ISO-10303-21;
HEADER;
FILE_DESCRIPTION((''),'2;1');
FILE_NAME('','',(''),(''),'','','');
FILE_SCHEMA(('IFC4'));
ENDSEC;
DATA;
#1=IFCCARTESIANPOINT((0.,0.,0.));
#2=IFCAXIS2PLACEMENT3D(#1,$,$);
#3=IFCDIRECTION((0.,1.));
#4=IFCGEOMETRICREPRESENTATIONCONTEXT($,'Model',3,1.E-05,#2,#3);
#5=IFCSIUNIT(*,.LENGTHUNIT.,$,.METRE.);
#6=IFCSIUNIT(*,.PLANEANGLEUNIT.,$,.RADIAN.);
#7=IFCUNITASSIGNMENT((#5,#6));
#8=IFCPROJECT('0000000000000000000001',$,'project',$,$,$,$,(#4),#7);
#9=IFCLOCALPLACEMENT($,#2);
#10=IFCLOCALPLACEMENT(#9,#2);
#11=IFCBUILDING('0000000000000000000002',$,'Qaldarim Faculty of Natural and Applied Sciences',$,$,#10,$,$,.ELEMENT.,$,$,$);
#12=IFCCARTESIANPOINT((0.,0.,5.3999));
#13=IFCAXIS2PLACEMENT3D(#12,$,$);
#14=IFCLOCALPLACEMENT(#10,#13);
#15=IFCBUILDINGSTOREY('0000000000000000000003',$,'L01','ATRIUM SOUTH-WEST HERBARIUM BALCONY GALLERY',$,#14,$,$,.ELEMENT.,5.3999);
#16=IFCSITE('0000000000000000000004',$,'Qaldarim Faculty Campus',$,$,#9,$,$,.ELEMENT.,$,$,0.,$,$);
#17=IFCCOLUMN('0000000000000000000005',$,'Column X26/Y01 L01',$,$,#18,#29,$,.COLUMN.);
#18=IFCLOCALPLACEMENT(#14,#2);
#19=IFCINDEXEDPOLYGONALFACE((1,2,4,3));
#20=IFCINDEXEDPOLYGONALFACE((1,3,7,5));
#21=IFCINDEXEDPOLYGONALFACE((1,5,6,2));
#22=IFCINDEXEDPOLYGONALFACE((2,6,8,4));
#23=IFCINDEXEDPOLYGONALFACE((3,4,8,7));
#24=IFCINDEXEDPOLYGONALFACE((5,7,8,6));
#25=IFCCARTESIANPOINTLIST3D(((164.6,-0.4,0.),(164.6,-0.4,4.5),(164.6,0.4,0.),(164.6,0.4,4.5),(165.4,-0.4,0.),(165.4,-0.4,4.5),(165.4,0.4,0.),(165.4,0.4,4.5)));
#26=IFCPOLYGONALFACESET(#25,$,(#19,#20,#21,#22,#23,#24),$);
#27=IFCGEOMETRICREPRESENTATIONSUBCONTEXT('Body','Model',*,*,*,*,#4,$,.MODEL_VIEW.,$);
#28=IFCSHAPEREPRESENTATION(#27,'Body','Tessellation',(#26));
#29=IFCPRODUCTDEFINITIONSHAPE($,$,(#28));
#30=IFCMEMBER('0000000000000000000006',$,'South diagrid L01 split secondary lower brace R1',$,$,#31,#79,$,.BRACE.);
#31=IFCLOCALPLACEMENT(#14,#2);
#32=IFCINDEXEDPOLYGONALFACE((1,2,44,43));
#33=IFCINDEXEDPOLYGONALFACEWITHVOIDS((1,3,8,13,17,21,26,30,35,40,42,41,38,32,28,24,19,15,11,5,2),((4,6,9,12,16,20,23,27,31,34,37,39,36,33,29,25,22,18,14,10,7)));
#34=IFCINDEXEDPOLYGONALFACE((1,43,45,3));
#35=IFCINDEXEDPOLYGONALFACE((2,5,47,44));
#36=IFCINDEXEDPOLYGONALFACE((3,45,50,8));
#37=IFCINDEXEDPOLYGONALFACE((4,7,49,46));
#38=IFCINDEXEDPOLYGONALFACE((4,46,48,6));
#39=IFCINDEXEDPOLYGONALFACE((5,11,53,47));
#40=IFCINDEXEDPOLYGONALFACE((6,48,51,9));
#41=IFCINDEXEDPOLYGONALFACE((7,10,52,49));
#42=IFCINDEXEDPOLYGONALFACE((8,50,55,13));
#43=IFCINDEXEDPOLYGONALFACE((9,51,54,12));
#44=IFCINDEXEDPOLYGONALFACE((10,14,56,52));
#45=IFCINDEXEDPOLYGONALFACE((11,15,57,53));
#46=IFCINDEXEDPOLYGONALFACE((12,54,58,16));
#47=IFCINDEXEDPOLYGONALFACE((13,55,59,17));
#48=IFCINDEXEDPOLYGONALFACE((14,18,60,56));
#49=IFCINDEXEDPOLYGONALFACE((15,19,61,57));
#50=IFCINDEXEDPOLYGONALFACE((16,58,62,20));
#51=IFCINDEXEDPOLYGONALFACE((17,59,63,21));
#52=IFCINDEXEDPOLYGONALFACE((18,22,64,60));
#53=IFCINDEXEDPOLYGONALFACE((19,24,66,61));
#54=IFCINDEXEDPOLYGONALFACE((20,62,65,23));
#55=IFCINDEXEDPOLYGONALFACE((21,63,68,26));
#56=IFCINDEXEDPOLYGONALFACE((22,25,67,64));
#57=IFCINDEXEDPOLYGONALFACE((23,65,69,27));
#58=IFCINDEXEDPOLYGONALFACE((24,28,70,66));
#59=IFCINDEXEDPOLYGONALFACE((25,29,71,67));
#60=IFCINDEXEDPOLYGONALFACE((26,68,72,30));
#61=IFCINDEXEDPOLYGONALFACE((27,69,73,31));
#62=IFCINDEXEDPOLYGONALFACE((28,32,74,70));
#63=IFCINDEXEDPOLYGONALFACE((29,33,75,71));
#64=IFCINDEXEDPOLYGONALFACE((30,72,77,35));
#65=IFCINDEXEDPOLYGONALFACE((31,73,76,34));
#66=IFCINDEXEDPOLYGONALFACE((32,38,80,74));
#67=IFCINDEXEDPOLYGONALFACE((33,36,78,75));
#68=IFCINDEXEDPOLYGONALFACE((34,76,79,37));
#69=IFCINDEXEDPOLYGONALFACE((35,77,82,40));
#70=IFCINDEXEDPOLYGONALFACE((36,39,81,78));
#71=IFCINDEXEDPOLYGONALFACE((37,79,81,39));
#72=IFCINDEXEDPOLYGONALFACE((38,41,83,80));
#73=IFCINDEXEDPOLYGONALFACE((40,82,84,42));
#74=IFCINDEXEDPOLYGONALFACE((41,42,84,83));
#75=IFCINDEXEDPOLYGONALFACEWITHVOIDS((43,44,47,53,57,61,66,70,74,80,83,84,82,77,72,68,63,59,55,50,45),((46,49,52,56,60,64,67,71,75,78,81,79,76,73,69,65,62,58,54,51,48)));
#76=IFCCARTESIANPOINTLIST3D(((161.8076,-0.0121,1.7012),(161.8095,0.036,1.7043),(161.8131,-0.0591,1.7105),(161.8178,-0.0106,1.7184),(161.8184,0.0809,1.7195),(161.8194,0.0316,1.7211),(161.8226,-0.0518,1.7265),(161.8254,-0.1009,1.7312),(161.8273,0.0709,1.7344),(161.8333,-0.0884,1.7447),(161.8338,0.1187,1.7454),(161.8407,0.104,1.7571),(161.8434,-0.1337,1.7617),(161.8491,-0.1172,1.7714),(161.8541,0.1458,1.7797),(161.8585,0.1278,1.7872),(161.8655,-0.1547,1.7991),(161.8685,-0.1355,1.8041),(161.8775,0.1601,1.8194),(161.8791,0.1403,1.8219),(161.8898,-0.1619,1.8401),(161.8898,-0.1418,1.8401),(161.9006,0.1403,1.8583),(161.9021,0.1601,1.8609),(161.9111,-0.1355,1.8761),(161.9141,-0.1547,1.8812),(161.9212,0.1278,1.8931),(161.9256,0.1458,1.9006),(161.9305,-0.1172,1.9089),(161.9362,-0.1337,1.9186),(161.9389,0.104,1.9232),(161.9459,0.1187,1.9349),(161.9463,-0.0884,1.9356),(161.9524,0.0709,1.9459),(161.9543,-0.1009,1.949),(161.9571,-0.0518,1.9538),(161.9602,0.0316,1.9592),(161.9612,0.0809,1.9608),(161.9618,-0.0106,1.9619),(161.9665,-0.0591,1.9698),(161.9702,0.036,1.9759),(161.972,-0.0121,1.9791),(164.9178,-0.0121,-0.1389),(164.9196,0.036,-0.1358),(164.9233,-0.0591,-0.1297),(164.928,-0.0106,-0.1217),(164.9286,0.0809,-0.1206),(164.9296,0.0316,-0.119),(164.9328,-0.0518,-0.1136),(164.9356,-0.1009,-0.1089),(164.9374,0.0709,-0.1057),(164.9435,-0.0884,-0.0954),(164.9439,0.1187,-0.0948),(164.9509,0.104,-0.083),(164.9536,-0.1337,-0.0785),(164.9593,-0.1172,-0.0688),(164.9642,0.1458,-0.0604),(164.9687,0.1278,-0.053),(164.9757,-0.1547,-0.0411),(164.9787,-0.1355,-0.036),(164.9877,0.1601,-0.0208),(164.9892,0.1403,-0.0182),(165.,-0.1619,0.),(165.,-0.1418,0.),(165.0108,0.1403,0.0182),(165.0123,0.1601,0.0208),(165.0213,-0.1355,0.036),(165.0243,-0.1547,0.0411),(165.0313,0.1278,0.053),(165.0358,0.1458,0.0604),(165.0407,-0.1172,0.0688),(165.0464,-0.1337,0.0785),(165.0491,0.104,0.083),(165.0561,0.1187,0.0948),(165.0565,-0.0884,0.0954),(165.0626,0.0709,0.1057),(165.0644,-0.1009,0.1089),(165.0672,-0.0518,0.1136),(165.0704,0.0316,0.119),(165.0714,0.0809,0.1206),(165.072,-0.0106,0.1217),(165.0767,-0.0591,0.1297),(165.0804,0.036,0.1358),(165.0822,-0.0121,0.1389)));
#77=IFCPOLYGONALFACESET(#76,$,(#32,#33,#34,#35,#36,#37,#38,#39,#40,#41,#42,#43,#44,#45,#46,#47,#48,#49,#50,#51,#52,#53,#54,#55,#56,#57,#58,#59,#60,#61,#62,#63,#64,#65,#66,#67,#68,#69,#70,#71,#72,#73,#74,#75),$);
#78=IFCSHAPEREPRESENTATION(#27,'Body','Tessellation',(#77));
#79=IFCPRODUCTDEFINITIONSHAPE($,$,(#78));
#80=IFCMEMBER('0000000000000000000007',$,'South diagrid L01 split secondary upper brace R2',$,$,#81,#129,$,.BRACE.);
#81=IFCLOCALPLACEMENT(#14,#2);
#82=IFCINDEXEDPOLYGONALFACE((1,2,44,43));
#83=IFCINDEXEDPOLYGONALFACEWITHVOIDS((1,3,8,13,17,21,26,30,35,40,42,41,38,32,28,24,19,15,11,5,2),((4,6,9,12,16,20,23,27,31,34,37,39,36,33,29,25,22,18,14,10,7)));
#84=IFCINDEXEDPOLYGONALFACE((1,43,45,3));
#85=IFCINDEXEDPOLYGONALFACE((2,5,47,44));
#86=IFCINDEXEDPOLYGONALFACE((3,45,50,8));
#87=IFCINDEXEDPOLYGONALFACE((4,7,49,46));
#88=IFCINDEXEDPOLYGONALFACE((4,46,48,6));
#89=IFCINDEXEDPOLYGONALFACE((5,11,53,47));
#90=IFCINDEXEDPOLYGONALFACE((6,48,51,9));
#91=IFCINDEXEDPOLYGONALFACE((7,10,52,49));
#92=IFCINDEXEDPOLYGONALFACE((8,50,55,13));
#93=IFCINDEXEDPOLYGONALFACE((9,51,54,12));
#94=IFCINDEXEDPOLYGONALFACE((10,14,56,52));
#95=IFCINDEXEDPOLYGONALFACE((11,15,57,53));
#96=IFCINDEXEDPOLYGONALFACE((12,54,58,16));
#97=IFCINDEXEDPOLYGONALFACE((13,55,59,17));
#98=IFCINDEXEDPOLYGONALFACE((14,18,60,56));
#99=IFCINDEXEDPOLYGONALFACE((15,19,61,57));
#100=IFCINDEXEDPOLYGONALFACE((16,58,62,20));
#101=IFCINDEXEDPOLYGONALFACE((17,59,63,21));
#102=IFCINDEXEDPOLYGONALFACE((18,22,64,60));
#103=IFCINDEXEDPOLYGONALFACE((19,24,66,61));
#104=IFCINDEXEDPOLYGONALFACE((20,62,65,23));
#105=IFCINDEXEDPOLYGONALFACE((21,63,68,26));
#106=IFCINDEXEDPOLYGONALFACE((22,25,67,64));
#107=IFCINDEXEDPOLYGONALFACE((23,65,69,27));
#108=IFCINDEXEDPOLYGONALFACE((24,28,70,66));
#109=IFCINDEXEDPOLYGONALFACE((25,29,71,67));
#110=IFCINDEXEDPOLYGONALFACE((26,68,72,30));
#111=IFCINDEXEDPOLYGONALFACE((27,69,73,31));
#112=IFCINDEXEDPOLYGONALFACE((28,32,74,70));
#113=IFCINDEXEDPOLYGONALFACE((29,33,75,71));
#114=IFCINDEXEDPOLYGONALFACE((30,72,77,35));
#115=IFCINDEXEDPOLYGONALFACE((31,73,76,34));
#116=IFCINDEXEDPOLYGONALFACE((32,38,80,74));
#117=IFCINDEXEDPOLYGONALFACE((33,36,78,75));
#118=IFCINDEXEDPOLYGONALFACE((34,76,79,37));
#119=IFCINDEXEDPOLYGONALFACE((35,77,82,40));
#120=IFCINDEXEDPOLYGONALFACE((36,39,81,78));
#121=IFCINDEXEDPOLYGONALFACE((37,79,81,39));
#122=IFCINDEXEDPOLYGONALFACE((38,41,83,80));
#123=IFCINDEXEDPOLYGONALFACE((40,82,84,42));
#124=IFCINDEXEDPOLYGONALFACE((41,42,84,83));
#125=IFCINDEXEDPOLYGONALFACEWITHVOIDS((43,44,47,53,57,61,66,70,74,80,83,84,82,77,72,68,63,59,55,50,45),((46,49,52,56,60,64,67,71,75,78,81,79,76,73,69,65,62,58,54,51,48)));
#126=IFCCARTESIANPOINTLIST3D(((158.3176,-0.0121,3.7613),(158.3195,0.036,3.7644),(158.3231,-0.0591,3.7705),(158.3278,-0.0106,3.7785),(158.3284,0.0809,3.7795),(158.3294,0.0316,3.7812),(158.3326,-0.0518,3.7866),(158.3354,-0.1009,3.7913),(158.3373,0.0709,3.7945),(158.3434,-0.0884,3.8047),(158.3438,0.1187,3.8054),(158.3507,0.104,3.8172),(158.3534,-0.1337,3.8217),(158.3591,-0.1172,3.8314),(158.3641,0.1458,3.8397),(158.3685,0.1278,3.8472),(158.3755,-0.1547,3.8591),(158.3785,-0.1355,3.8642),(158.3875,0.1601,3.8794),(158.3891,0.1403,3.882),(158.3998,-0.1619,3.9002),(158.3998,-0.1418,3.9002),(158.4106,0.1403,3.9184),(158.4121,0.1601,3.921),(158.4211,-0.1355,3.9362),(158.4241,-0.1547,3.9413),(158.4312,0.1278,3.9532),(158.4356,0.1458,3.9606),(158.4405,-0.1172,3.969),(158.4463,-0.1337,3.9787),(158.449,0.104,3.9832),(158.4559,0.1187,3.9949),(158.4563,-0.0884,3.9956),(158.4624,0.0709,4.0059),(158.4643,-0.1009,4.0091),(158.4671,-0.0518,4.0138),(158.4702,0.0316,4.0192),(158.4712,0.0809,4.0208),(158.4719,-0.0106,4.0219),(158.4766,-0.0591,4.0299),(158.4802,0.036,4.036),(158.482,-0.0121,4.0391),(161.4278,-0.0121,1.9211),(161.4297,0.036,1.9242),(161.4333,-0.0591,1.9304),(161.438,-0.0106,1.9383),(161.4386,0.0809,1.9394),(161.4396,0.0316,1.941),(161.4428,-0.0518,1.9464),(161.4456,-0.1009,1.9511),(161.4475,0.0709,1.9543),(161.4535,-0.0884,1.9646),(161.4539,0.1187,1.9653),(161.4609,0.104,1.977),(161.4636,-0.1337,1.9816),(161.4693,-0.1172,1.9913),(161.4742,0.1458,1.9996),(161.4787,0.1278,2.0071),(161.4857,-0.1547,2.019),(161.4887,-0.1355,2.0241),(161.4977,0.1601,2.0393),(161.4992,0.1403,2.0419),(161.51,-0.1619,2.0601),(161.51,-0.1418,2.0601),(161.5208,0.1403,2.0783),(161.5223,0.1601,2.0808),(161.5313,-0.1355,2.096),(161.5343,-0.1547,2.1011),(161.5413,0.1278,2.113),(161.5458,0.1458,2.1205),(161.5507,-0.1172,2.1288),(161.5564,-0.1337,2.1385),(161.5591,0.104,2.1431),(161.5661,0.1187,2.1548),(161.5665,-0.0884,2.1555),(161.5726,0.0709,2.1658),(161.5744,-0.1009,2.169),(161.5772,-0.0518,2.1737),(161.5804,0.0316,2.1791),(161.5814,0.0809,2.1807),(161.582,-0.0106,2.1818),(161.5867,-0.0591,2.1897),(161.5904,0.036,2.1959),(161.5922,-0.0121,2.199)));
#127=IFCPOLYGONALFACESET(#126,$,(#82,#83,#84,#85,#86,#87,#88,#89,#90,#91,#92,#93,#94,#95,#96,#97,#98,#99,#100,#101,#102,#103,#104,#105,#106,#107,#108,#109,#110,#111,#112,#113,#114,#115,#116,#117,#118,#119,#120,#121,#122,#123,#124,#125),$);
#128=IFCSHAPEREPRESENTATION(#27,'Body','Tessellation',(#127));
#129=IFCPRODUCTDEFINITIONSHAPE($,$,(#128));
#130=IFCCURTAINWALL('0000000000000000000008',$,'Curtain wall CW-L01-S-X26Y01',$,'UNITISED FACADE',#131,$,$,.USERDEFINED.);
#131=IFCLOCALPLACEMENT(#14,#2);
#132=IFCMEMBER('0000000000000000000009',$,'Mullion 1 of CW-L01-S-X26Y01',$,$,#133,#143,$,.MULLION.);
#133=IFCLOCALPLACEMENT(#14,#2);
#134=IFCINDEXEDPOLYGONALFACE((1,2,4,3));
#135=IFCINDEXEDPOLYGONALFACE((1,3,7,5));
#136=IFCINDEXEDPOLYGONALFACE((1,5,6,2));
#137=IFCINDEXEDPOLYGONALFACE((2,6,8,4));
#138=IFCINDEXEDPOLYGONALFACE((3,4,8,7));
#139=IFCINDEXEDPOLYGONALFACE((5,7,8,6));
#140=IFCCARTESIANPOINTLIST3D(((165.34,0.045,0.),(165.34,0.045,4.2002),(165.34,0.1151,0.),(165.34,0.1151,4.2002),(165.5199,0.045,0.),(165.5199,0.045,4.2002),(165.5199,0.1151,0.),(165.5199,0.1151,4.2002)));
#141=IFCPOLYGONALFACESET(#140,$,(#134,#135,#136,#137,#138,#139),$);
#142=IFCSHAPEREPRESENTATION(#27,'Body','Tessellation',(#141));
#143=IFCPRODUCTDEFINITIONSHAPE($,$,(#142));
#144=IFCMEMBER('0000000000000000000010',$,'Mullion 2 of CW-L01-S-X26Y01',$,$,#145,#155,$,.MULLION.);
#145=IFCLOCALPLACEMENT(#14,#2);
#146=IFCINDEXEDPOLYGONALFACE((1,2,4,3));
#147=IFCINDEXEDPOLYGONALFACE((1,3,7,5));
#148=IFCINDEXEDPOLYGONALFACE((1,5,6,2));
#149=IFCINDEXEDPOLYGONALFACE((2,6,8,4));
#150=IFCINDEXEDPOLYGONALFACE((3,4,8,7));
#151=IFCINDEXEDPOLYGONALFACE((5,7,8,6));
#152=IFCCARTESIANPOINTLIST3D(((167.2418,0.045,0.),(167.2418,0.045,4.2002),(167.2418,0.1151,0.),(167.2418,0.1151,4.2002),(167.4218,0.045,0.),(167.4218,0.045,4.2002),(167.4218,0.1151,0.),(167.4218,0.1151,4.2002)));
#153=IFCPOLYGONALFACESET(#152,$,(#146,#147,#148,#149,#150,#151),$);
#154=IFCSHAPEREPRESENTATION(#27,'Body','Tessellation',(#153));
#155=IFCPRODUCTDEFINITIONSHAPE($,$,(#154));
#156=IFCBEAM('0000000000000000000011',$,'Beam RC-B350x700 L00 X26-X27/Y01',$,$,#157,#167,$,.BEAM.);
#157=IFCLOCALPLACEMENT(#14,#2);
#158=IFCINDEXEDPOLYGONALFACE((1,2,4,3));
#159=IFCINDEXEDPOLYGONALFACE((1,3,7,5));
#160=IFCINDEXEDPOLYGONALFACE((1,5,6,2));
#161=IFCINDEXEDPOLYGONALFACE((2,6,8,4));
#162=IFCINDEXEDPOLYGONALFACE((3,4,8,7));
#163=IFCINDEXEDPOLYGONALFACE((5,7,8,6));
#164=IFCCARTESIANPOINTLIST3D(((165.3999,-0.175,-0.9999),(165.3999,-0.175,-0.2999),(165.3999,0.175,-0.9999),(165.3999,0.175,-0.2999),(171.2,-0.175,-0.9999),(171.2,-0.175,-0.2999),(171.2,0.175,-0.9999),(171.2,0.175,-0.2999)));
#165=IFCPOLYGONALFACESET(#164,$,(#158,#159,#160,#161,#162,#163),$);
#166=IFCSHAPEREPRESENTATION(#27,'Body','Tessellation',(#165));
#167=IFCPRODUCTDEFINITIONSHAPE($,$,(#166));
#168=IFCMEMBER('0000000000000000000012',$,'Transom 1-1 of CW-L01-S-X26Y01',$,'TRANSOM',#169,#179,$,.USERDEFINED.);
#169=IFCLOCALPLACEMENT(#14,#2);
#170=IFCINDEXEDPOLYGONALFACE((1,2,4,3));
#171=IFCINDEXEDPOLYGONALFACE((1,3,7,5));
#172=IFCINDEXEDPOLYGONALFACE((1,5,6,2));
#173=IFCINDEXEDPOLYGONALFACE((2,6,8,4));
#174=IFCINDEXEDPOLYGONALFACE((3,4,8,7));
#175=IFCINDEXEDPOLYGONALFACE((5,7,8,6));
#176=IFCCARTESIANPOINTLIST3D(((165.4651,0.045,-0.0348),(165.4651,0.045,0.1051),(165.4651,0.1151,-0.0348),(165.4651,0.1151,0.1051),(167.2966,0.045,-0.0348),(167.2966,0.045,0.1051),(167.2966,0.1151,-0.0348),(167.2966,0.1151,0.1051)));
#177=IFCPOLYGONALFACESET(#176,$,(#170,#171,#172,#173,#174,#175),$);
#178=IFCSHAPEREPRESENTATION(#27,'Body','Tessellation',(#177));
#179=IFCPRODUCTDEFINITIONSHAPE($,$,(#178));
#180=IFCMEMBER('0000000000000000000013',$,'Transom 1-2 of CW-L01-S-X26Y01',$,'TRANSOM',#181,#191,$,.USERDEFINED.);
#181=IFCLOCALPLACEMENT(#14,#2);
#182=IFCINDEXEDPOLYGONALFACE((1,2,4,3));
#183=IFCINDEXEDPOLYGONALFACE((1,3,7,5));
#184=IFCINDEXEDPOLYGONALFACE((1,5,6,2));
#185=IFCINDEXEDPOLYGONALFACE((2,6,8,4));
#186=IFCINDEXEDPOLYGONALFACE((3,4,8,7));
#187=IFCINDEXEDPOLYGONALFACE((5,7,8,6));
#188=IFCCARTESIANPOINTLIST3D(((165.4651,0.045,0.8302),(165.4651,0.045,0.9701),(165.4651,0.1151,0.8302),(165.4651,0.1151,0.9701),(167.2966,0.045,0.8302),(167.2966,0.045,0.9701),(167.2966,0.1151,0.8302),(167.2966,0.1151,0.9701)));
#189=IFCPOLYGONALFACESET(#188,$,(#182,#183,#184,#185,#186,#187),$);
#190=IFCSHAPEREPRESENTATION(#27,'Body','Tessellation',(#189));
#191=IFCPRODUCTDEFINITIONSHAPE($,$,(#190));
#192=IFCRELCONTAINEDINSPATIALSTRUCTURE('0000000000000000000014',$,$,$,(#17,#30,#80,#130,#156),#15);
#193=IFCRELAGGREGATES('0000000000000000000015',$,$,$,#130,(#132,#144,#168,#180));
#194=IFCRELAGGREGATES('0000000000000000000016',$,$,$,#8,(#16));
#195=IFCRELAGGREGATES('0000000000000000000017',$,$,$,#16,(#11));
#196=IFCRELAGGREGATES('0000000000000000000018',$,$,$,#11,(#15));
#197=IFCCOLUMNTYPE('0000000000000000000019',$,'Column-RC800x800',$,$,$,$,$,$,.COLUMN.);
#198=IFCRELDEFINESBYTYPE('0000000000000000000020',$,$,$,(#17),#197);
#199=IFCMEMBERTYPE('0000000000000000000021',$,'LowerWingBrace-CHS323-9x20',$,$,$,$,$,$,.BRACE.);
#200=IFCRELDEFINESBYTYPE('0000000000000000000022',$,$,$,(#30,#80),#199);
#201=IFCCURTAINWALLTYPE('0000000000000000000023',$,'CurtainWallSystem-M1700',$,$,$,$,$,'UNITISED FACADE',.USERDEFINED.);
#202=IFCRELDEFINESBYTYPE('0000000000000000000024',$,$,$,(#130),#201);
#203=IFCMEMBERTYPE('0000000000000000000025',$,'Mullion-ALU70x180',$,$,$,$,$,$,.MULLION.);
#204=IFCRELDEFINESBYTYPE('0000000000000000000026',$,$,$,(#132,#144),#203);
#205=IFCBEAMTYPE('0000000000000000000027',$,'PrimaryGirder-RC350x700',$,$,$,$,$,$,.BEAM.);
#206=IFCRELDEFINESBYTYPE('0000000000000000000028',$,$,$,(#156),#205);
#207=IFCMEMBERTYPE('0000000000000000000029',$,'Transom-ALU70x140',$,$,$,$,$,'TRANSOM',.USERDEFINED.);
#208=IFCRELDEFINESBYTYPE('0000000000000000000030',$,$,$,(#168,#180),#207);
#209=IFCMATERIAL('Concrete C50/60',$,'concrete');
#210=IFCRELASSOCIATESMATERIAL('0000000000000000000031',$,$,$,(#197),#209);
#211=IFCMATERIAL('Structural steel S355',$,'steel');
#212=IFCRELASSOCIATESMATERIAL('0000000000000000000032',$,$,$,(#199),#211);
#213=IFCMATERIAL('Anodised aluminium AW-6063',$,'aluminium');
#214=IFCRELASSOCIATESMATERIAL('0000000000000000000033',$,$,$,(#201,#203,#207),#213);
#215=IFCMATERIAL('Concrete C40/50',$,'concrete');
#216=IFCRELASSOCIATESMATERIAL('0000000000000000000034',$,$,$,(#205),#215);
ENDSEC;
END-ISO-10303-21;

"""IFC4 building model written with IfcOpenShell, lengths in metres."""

from ifc_helpers import new_model, si_unit, direction, frame, origin, origin_2d, place, context, subcontext, project, spatial, rectangle, hollow_circle, extrude, material, material_profile, profile_set, type_object, element, aggregate, save


model = new_model("IFC4")

# Units and contexts
model_context = context("Model", 3, precision=1e-05, world=origin(), true_north=direction((0.0, 1.0)))
body_context = subcontext(model_context, "Body", "Model", "MODEL_VIEW")
ifc_project = project(units=[si_unit("LENGTHUNIT", "METRE"), si_unit("PLANEANGLEUNIT", "RADIAN")], contexts=[model_context])

# Site, building, storey
site_placement = place(None, origin())
site = spatial("IfcSite", under=ifc_project, at=site_placement, Name="Qaldarim Faculty Campus", CompositionType="ELEMENT", RefElevation=0.0)
building_placement = place(site_placement, origin())
building = spatial("IfcBuilding", under=site, at=building_placement, Name="Qaldarim Faculty of Natural and Applied Sciences", CompositionType="ELEMENT")
storey_placement = place(building_placement, frame((0.0, 0.0, 5.3999)))
storey = spatial("IfcBuildingStorey", under=building, at=storey_placement, Name="L01", Description="ATRIUM SOUTH-WEST HERBARIUM BALCONY GALLERY", CompositionType="ELEMENT", Elevation=5.3999)

# Column
ifc_material_1 = material(Name="Concrete C50/60", Category="concrete")
ifc_material_profile_1 = material_profile(ifc_material_1, rectangle(XDim=0.8, YDim=0.8, at=origin_2d()), Name="RC-C800x800")
ifc_profile_set_1 = profile_set([ifc_material_profile_1], Name="Concrete C50/60")
column_type = type_object("IfcColumnType", Name="Column-RC800x800", PredefinedType="COLUMN", material=ifc_profile_set_1)
column_placement = place(storey_placement, frame((165.0, 0.0, 0.0), z_axis=(0.0, 0.0, 1.0), x_axis=(1.0, 0.0, 0.0)))
element("IfcColumn", 1, at=column_placement, inside=storey, type_object=column_type, Name="Column X26/Y01 L01", PredefinedType="COLUMN", context=body_context, shape_type="SweptSolid", body=[
    extrude(rectangle(XDim=0.8, YDim=0.8, at=origin_2d()), origin(), (0.0, 0.0, 1.0), 4.5),
])

# Members
ifc_material_2 = material(Name="Structural steel S355", Category="steel")
ifc_material_profile_2 = material_profile(ifc_material_2, hollow_circle(Radius=0.1619, WallThickness=0.02, at=origin_2d()), Name="CHS 323.9x20.0")
ifc_profile_set_2 = profile_set([ifc_material_profile_2], Name="Structural steel S355")
member_type_1 = type_object("IfcMemberType", Name="LowerWingBrace-CHS323-9x20", PredefinedType="BRACE", material=ifc_profile_set_2)
for number, where, z_axis, x_axis, name in (
    (2, (165.0, 0.0, 0.0), (-0.860648, 0.0, 0.5092), (0.0, -1.0, 0.0), "South diagrid L01 split secondary lower brace R1"),
    (3, (161.51, 0.0, 2.0601), (-0.860648, 0.0, 0.5092), (0.0, -1.0, 0.0), "South diagrid L01 split secondary upper brace R2"),
):
    element("IfcMember", number, at=place(storey_placement, frame(where, z_axis=z_axis, x_axis=x_axis)), inside=storey, type_object=member_type_1, Name=name, PredefinedType="BRACE", context=body_context, shape_type="SweptSolid", body=[
        extrude(hollow_circle(Radius=0.1619, WallThickness=0.02, at=origin_2d()), origin(), (0.0, 0.0, 1.0), 3.6138),
    ])

# Curtain wall, members
ifc_material_3 = material(Name="Anodised aluminium AW-6063", Category="aluminium")
curtain_wall_type = type_object("IfcCurtainWallType", Name="CurtainWallSystem-M1700", ElementType="UNITISED FACADE", PredefinedType="USERDEFINED", material=ifc_material_3)
curtain_wall_placement = place(storey_placement, origin())
curtain_wall = element("IfcCurtainWall", 4, at=curtain_wall_placement, inside=storey, type_object=curtain_wall_type, Name="Curtain wall CW-L01-S-X26Y01", ObjectType="UNITISED FACADE", PredefinedType="USERDEFINED")
ifc_material_profile_3 = material_profile(ifc_material_3, rectangle(XDim=0.0701, YDim=0.1799, at=origin_2d()), Name="ALU-M70x180")
ifc_profile_set_3 = profile_set([ifc_material_profile_3], Name="Anodised aluminium AW-6063")
member_type_2 = type_object("IfcMemberType", Name="Mullion-ALU70x180", PredefinedType="MULLION", material=ifc_profile_set_3)
member_1_placement = place(storey_placement, frame((165.4299, 0.0801, 0.0), z_axis=(0.0, 0.0, 1.0), x_axis=(0.0, 1.0, 0.0)))
member_1 = element("IfcMember", 5, at=member_1_placement, type_object=member_type_2, Name="Mullion 1 of CW-L01-S-X26Y01", PredefinedType="MULLION", context=body_context, shape_type="SweptSolid", body=[
    extrude(rectangle(XDim=0.0701, YDim=0.1799, at=origin_2d()), origin(), (0.0, 0.0, 1.0), 4.2002),
])
member_2_placement = place(storey_placement, frame((167.3318, 0.0801, 0.0), z_axis=(0.0, 0.0, 1.0), x_axis=(0.0, 1.0, 0.0)))
member_2 = element("IfcMember", 6, at=member_2_placement, type_object=member_type_2, Name="Mullion 2 of CW-L01-S-X26Y01", PredefinedType="MULLION", context=body_context, shape_type="SweptSolid", body=[
    extrude(rectangle(XDim=0.0701, YDim=0.1799, at=origin_2d()), origin(), (0.0, 0.0, 1.0), 4.2002),
])

# Beam
ifc_material_4 = material(Name="Concrete C40/50", Category="concrete")
ifc_material_profile_4 = material_profile(ifc_material_4, rectangle(XDim=0.3501, YDim=0.7, at=origin_2d()), Name="RC-B350x700")
ifc_profile_set_4 = profile_set([ifc_material_profile_4], Name="Concrete C40/50")
beam_type = type_object("IfcBeamType", Name="PrimaryGirder-RC350x700", PredefinedType="BEAM", material=ifc_profile_set_4)
beam_placement = place(storey_placement, frame((165.3999, 0.0, -0.6499), z_axis=(1.0, 0.0, 0.0), x_axis=(0.0, 1.0, 0.0)))
element("IfcBeam", 7, at=beam_placement, inside=storey, type_object=beam_type, Name="Beam RC-B350x700 L00 X26-X27/Y01", PredefinedType="BEAM", context=body_context, shape_type="SweptSolid", body=[
    extrude(rectangle(XDim=0.3501, YDim=0.7, at=origin_2d()), origin(), (0.0, 0.0, 1.0), 5.8),
])

# Members
ifc_material_profile_5 = material_profile(ifc_material_3, rectangle(XDim=0.0701, YDim=0.1399, at=origin_2d()), Name="ALU-T70x140")
ifc_profile_set_5 = profile_set([ifc_material_profile_5], Name="Anodised aluminium AW-6063")
member_type_3 = type_object("IfcMemberType", Name="Transom-ALU70x140", ElementType="TRANSOM", PredefinedType="USERDEFINED", material=ifc_profile_set_5)
member_3_placement = place(storey_placement, frame((165.4651, 0.0801, 0.0352), z_axis=(1.0, 0.0, 0.0), x_axis=(0.0, 1.0, 0.0)))
member_3 = element("IfcMember", 8, at=member_3_placement, type_object=member_type_3, Name="Transom 1-1 of CW-L01-S-X26Y01", ObjectType="TRANSOM", PredefinedType="USERDEFINED", context=body_context, shape_type="SweptSolid", body=[
    extrude(rectangle(XDim=0.0701, YDim=0.1399, at=origin_2d()), origin(), (0.0, 0.0, 1.0), 1.8315),
])
member_4_placement = place(storey_placement, frame((165.4651, 0.0801, 0.9001), z_axis=(1.0, 0.0, 0.0), x_axis=(0.0, 1.0, 0.0)))
member_4 = element("IfcMember", 9, at=member_4_placement, type_object=member_type_3, Name="Transom 1-2 of CW-L01-S-X26Y01", ObjectType="TRANSOM", PredefinedType="USERDEFINED", context=body_context, shape_type="SweptSolid", body=[
    extrude(rectangle(XDim=0.0701, YDim=0.1399, at=origin_2d()), origin(), (0.0, 0.0, 1.0), 1.8315),
])

aggregate(curtain_wall, [member_1, member_2, member_3, member_4])

save(model, "model.ifc")
